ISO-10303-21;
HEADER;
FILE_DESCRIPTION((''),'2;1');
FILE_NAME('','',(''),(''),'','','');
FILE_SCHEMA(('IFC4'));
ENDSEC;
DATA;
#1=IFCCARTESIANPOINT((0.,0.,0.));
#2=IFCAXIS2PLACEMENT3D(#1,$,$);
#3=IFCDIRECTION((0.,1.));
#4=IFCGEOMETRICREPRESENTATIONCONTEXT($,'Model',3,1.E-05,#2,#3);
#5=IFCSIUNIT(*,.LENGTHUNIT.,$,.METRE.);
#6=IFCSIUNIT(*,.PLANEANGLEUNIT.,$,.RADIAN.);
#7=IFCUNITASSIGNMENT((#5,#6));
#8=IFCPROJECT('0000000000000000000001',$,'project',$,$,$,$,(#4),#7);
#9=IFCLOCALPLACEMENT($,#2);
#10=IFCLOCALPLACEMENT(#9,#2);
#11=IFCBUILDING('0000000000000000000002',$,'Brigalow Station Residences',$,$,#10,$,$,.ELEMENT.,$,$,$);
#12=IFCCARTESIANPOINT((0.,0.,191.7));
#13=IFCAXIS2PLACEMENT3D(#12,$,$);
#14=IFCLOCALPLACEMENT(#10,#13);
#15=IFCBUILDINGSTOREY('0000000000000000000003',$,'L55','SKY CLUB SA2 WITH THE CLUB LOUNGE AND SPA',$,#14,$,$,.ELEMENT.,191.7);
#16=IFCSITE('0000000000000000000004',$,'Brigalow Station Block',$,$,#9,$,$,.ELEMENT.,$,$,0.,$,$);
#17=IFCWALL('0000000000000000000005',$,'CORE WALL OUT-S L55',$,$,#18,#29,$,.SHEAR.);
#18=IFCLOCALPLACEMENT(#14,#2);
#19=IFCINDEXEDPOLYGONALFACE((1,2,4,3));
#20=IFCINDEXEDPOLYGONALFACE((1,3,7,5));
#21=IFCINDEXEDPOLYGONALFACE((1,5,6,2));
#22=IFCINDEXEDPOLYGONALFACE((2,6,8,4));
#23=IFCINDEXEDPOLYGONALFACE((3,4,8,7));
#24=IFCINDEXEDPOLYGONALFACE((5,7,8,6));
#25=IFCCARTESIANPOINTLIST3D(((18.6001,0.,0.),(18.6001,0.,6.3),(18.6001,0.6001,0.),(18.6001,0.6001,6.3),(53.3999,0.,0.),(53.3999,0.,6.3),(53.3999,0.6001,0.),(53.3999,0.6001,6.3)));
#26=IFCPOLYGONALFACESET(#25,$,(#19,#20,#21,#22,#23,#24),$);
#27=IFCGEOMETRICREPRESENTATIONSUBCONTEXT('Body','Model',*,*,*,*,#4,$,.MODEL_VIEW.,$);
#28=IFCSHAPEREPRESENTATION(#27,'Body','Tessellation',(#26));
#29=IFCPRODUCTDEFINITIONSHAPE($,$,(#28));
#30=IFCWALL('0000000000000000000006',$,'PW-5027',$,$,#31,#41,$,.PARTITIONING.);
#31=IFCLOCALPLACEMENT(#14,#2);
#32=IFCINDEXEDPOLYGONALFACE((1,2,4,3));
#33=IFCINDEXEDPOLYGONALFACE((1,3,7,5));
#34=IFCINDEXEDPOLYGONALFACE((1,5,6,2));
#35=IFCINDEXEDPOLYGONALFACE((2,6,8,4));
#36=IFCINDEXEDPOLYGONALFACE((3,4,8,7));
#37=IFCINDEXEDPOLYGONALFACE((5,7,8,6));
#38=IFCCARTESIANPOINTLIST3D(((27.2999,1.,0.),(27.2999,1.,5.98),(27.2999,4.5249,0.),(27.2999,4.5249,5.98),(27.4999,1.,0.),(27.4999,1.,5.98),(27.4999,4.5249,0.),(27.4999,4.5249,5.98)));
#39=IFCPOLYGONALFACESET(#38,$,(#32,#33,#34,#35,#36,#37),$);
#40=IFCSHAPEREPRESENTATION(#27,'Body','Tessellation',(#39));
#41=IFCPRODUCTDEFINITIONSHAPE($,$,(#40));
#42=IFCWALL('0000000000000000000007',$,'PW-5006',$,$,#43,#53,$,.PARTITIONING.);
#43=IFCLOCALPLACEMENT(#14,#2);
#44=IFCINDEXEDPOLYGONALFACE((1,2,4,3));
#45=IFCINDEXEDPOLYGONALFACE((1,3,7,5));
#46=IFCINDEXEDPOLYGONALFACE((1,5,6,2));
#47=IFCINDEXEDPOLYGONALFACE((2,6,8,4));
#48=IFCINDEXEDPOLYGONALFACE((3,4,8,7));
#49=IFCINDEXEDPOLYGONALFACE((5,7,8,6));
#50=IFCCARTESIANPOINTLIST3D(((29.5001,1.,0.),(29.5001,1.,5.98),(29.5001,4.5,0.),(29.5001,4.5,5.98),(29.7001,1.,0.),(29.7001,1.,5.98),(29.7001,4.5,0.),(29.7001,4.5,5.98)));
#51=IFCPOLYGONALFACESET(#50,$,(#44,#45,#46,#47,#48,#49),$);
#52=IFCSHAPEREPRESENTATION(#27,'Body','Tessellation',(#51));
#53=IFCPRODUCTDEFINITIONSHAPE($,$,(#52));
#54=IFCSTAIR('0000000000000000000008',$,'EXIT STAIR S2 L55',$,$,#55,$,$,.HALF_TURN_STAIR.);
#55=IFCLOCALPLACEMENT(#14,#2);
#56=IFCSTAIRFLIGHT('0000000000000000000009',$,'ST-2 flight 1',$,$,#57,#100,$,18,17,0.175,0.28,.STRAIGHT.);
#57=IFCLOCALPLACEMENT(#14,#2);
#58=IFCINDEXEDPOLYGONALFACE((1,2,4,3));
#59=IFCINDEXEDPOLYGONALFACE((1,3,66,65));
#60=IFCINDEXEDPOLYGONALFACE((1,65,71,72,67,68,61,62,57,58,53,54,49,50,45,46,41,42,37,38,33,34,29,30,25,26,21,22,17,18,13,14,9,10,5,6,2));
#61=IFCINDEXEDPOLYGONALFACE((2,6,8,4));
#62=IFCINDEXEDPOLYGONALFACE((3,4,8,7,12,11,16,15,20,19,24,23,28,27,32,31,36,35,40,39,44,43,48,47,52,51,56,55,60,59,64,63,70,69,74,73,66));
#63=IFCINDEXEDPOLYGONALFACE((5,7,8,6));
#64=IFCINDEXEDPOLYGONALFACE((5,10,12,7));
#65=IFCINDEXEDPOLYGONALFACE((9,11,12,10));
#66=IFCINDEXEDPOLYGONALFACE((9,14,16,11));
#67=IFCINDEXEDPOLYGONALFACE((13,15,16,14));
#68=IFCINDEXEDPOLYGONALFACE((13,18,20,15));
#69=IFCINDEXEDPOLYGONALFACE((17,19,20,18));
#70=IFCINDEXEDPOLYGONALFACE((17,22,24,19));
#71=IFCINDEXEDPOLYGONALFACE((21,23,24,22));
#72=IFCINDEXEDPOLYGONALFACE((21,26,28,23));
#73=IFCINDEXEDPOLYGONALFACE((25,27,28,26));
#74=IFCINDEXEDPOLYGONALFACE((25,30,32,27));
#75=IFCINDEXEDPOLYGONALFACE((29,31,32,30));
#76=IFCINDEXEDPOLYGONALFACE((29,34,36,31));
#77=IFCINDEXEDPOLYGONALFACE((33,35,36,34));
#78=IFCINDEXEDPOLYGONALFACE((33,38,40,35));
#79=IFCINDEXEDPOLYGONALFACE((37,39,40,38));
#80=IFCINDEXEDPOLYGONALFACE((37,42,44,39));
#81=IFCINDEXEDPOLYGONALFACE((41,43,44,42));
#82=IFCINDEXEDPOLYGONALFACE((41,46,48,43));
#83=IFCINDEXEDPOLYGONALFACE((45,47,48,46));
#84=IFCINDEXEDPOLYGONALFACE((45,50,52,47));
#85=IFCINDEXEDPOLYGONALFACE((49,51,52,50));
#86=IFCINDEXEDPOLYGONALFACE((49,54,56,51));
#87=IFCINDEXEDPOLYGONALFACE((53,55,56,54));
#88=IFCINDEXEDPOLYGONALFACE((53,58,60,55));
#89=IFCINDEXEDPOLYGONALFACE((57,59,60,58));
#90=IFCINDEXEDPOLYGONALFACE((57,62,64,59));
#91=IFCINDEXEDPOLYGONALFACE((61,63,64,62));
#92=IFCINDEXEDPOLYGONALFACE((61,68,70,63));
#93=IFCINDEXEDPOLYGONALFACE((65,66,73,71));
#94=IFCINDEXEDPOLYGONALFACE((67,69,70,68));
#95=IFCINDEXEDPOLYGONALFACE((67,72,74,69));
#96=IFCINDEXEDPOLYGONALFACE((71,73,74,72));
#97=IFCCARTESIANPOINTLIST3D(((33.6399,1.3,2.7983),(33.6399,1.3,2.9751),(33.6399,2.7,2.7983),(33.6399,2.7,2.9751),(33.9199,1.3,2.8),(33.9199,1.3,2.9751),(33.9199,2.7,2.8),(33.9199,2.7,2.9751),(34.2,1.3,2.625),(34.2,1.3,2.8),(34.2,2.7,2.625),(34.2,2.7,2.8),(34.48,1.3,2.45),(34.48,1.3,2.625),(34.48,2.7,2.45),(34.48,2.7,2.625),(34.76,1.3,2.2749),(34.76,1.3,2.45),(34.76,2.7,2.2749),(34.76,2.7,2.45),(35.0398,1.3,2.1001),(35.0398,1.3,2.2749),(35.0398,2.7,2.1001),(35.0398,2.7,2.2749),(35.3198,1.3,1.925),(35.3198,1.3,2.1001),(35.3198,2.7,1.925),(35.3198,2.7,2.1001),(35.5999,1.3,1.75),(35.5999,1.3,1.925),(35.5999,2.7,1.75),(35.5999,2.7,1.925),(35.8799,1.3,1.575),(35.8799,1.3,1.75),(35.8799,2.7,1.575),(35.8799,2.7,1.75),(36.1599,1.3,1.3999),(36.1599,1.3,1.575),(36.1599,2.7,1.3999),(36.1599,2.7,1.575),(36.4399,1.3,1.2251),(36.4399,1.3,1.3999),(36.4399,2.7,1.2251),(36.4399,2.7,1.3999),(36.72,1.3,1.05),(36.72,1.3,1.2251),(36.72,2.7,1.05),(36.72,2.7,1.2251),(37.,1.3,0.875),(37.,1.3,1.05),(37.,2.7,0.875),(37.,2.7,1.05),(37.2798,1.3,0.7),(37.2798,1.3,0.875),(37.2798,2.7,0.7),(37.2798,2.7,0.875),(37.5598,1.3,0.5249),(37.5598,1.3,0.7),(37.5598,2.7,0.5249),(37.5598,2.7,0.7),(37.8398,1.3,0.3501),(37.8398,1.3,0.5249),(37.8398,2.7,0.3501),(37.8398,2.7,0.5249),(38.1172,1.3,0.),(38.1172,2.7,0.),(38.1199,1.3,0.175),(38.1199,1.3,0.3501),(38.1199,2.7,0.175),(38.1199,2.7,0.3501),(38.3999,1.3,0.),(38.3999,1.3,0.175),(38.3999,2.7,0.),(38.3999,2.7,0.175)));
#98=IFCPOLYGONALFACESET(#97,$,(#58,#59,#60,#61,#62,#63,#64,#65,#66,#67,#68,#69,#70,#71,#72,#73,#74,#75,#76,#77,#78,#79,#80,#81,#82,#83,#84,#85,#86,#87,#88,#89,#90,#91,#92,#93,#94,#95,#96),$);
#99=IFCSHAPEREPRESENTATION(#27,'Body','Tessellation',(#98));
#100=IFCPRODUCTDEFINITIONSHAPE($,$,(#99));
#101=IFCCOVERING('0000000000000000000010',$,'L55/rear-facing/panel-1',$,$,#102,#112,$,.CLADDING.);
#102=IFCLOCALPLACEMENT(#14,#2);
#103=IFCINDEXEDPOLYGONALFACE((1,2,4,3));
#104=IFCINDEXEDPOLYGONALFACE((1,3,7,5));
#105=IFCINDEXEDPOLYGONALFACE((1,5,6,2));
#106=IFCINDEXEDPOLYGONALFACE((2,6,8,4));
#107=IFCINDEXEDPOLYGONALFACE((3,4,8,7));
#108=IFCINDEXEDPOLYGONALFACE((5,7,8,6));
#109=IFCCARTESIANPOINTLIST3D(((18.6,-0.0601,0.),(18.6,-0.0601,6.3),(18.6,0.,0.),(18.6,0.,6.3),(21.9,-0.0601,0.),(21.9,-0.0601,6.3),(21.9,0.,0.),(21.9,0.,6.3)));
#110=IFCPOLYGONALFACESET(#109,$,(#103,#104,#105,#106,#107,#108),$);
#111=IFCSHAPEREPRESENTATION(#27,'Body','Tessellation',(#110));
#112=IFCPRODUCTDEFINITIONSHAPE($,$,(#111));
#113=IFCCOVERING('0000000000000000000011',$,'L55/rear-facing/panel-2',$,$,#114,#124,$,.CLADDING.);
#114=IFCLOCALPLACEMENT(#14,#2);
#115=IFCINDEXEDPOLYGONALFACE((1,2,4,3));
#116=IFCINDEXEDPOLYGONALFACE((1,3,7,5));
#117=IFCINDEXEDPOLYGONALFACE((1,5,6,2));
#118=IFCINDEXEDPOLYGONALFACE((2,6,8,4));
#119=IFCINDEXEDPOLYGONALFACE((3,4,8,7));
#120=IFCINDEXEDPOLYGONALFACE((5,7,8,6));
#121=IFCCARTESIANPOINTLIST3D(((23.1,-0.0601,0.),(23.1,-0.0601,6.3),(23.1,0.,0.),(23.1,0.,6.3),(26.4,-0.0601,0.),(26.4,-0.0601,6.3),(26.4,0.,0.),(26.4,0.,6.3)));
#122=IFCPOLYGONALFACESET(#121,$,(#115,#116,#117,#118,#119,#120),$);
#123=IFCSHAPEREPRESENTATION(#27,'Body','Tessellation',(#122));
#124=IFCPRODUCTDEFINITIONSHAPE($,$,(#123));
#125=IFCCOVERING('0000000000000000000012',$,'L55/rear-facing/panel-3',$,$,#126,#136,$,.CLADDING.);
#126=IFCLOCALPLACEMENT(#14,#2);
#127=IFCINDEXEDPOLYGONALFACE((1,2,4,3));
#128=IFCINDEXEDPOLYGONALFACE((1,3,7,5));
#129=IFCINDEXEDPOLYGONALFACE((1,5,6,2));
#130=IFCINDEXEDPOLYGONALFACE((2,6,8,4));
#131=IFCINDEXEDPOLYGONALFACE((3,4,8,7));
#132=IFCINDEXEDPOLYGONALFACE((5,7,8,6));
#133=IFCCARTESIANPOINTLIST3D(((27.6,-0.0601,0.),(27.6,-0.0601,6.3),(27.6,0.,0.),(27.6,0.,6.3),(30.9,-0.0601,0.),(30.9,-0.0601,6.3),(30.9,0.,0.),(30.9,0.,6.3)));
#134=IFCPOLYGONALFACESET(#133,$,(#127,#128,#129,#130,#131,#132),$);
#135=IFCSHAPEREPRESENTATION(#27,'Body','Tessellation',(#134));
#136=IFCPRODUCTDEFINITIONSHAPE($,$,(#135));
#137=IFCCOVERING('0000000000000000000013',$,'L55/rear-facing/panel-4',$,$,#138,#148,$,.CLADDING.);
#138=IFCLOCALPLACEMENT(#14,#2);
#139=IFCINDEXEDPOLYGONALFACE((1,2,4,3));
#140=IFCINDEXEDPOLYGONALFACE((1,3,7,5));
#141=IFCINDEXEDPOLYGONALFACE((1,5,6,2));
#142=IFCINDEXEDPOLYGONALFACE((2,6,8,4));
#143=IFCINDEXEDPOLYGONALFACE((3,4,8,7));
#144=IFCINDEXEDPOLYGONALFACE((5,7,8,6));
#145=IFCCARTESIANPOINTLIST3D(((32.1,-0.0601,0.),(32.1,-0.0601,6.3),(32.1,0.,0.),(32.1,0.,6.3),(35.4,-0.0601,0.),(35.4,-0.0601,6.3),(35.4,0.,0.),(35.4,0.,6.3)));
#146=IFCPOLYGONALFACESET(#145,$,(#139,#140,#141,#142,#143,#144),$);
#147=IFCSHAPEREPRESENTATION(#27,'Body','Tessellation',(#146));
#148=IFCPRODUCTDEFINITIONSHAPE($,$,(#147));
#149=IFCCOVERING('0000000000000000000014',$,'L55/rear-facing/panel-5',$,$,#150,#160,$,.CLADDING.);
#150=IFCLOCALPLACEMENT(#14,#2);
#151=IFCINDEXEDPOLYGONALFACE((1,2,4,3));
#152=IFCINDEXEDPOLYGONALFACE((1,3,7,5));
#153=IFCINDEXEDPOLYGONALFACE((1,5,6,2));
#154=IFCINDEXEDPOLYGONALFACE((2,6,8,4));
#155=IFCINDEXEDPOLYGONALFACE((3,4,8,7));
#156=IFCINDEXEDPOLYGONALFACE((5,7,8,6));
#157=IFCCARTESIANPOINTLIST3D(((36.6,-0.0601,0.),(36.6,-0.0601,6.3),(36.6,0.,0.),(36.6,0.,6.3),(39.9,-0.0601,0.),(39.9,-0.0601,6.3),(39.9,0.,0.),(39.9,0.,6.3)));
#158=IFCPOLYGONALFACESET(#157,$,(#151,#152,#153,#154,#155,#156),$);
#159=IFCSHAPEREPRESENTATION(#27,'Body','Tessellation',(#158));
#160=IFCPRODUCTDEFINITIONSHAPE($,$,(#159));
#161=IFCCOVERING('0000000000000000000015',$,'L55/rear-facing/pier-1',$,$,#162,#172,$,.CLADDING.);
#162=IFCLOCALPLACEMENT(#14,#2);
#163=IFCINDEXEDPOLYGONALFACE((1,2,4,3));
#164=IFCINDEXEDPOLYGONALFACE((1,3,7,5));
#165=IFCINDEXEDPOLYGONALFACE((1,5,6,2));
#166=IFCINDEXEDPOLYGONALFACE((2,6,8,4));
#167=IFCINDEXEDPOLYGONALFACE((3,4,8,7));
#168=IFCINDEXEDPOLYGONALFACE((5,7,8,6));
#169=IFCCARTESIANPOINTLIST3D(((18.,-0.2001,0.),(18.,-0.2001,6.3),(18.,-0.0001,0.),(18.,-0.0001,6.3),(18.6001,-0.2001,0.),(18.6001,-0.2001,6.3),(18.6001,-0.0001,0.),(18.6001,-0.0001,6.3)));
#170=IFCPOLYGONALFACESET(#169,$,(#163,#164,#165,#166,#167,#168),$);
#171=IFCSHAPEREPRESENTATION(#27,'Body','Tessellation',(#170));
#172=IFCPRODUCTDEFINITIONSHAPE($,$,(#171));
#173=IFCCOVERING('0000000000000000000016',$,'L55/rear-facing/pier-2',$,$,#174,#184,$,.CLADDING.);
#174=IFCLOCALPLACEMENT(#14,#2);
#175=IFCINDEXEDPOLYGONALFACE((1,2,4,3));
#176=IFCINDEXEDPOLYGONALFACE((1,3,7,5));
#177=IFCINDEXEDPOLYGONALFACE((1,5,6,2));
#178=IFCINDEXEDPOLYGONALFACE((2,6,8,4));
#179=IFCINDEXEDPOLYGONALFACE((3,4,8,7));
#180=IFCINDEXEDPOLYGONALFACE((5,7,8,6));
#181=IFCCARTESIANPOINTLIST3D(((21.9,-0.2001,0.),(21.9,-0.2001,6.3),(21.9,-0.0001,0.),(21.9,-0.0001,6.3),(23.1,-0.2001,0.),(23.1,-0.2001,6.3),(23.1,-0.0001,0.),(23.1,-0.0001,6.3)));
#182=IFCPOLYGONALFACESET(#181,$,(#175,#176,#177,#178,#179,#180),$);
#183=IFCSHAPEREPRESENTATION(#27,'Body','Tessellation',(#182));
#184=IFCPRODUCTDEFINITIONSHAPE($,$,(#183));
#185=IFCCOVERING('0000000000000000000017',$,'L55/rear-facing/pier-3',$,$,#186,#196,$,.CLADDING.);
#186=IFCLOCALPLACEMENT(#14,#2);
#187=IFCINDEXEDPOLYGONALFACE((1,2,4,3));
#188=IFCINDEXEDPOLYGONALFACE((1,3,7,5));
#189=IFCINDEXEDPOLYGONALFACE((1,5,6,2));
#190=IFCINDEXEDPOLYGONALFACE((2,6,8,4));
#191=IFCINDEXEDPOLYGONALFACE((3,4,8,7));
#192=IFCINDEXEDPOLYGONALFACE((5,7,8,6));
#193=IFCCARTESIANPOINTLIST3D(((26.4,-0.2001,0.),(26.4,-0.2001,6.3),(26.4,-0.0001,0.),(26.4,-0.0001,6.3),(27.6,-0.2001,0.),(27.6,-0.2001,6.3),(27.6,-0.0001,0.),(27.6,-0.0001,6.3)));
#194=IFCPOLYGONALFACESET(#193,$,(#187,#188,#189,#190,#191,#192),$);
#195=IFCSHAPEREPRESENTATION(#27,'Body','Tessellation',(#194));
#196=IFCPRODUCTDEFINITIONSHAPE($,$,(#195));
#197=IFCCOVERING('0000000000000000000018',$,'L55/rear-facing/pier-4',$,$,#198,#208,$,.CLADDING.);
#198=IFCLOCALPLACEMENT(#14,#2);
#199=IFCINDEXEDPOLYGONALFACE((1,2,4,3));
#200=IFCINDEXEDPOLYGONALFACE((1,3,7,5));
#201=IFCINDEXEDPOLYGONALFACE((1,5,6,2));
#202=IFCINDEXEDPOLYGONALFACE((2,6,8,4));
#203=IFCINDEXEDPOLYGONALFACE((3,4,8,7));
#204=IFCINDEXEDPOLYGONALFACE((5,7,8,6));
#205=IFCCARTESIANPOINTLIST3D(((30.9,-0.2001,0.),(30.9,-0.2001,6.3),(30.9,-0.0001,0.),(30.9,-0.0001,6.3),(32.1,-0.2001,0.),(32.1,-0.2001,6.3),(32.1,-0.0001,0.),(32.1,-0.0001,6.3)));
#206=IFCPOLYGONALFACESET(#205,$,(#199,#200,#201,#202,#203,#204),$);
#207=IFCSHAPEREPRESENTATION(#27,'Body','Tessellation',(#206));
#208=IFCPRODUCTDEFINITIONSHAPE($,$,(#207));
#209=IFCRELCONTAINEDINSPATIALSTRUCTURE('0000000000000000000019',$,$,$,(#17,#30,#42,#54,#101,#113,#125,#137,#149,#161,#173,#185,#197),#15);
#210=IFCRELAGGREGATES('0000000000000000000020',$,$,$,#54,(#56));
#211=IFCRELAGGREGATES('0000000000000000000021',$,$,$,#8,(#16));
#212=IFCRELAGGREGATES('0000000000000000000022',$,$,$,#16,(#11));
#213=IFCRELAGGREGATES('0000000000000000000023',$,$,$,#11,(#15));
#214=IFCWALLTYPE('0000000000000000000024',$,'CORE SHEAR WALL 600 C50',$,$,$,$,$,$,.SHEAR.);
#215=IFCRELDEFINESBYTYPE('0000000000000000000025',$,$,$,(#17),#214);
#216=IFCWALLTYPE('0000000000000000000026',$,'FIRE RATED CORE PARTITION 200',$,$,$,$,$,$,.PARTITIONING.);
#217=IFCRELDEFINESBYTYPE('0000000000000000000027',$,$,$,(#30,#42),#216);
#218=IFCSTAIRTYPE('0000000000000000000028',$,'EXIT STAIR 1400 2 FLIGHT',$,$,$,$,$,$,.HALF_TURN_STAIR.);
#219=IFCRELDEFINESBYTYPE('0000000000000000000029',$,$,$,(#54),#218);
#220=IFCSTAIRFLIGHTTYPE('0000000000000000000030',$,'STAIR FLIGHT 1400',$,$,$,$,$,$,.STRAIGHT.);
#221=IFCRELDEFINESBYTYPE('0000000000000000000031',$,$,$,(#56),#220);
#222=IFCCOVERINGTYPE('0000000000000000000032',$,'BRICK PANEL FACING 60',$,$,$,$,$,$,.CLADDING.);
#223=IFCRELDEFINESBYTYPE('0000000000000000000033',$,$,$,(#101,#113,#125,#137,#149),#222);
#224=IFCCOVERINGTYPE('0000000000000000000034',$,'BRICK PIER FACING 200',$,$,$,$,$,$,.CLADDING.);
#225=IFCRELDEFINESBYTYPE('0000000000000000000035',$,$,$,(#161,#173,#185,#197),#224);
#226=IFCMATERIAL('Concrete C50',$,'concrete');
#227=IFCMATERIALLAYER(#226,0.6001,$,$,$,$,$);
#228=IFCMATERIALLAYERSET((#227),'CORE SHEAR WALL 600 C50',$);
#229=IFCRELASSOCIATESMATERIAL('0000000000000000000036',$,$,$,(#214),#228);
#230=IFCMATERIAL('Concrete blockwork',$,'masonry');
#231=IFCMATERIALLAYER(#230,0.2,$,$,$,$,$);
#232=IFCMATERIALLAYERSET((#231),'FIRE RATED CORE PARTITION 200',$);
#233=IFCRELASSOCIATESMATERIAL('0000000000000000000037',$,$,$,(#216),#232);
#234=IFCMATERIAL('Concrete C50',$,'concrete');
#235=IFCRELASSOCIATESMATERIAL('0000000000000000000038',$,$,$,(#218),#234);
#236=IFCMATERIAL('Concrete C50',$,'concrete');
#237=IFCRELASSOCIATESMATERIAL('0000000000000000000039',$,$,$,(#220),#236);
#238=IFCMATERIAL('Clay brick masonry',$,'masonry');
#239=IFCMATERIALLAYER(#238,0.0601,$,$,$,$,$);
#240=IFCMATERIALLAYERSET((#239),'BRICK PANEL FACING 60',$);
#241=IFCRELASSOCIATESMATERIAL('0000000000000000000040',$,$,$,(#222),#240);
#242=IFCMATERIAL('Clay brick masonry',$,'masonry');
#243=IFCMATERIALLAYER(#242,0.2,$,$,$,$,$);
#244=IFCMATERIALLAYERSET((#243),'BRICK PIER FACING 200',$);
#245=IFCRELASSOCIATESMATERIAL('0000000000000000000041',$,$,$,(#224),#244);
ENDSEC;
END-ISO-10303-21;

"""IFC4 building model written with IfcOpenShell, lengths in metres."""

from ifc_helpers import new_model, si_unit, direction, frame, frame_2d, origin, origin_2d, place, context, subcontext, project, spatial, polyline, rectangle, outline, extrude, material, layer, layer_set, type_object, element, aggregate, save


model = new_model("IFC4")

# Units and contexts
model_context = context("Model", 3, precision=1e-05, world=origin(), true_north=direction((0.0, 1.0)))
body_context = subcontext(model_context, "Body", "Model", "MODEL_VIEW")
ifc_project = project(units=[si_unit("LENGTHUNIT", "METRE"), si_unit("PLANEANGLEUNIT", "RADIAN")], contexts=[model_context])

# Site, building, storey
site_placement = place(None, origin())
site = spatial("IfcSite", under=ifc_project, at=site_placement, Name="Brigalow Station Block", CompositionType="ELEMENT", RefElevation=0.0)
building_placement = place(site_placement, origin())
building = spatial("IfcBuilding", under=site, at=building_placement, Name="Brigalow Station Residences", CompositionType="ELEMENT")
storey_placement = place(building_placement, frame((0.0, 0.0, 191.7)))
storey = spatial("IfcBuildingStorey", under=building, at=storey_placement, Name="L55", Description="SKY CLUB SA2 WITH THE CLUB LOUNGE AND SPA", CompositionType="ELEMENT", Elevation=191.7)

# Walls
ifc_material_1 = material(Name="Concrete C50", Category="concrete")
ifc_layer_1 = layer(ifc_material_1, 0.6001)
ifc_layer_set_1 = layer_set([ifc_layer_1], Name="CORE SHEAR WALL 600 C50")
wall_type_1 = type_object("IfcWallType", Name="CORE SHEAR WALL 600 C50", PredefinedType="SHEAR", material=ifc_layer_set_1)
wall_1_placement = place(storey_placement, frame((18.6001, 0.3, 0.0), z_axis=(0.0, 0.0, 1.0), x_axis=(1.0, 0.0, 0.0)))
element("IfcWall", 1, at=wall_1_placement, inside=storey, type_object=wall_type_1, Name="CORE WALL OUT-S L55", PredefinedType="SHEAR", context=body_context, shape_type="SweptSolid", body=[
    extrude(rectangle(XDim=34.7998, YDim=0.6001, at=frame_2d((17.3999, 0.0))), origin(), (0.0, 0.0, 1.0), 6.3),
])
ifc_material_2 = material(Name="Concrete blockwork", Category="masonry")
ifc_layer_2 = layer(ifc_material_2, 0.2)
ifc_layer_set_2 = layer_set([ifc_layer_2], Name="FIRE RATED CORE PARTITION 200")
wall_type_2 = type_object("IfcWallType", Name="FIRE RATED CORE PARTITION 200", PredefinedType="PARTITIONING", material=ifc_layer_set_2)
wall_2_placement = place(storey_placement, frame((27.3999, 1.0, 0.0), z_axis=(0.0, 0.0, 1.0), x_axis=(0.0, 1.0, 0.0)))
element("IfcWall", 2, at=wall_2_placement, inside=storey, type_object=wall_type_2, Name="PW-5027", PredefinedType="PARTITIONING", context=body_context, shape_type="SweptSolid", body=[
    extrude(rectangle(XDim=3.5249, YDim=0.2, at=frame_2d((1.7625, 0.0))), origin(), (0.0, 0.0, 1.0), 5.98),
])
wall_3_placement = place(storey_placement, frame((29.6001, 1.0, 0.0), z_axis=(0.0, 0.0, 1.0), x_axis=(0.0, 1.0, 0.0)))
element("IfcWall", 3, at=wall_3_placement, inside=storey, type_object=wall_type_2, Name="PW-5006", PredefinedType="PARTITIONING", context=body_context, shape_type="SweptSolid", body=[
    extrude(rectangle(XDim=3.5, YDim=0.2, at=frame_2d((1.75, 0.0))), origin(), (0.0, 0.0, 1.0), 5.98),
])

# Stair, stair flight
ifc_material_3 = material(Name="Concrete C50", Category="concrete")
stair_type = type_object("IfcStairType", Name="EXIT STAIR 1400 2 FLIGHT", PredefinedType="HALF_TURN_STAIR", material=ifc_material_3)
stair_placement = place(storey_placement, origin())
stair = element("IfcStair", 4, at=stair_placement, inside=storey, type_object=stair_type, Name="EXIT STAIR S2 L55", PredefinedType="HALF_TURN_STAIR")
ifc_material_4 = material(Name="Concrete C50", Category="concrete")
stair_flight_type = type_object("IfcStairFlightType", Name="STAIR FLIGHT 1400", PredefinedType="STRAIGHT", material=ifc_material_4)
stair_flight_placement = place(storey_placement, frame((38.3999, 2.0, 0.0), z_axis=(0.0, 0.0, 1.0), x_axis=(-1.0, 0.0, 0.0)))
stair_flight = element("IfcStairFlight", 5, at=stair_flight_placement, type_object=stair_flight_type, Name="ST-2 flight 1", NumberOfRisers=18, NumberOfTreads=17, PredefinedType="STRAIGHT", RiserHeight=0.175, TreadLength=0.28, context=body_context, shape_type="SweptSolid", body=[
    extrude(outline(polyline([(0.0, 0.0), (0.0, 0.175), (0.28, 0.175), (0.28, 0.3501), (0.5601, 0.3501), (0.5601, 0.5249), (0.8401, 0.5249), (0.8401, 0.7), (1.1201, 0.7), (1.1201, 0.875), (1.3999, 0.875), (1.3999, 1.05), (1.6799, 1.05), (1.6799, 1.2251), (1.96, 1.2251), (1.96, 1.3999), (2.24, 1.3999), (2.24, 1.575), (2.52, 1.575), (2.52, 1.75), (2.8, 1.75), (2.8, 1.925), (3.0801, 1.925), (3.0801, 2.1001), (3.3601, 2.1001), (3.3601, 2.2749), (3.6399, 2.2749), (3.6399, 2.45), (3.9199, 2.45), (3.9199, 2.625), (4.2, 2.625), (4.2, 2.8), (4.48, 2.8), (4.48, 2.9751), (4.76, 2.9751), (4.76, 3.1499), (4.76, 2.7983), (0.2827, 0.0), (0.0, 0.0)])), frame((0.0, 0.7, 0.0), z_axis=(0.0, -1.0, 0.0), x_axis=(1.0, 0.0, 0.0)), (0.0, 0.0, 1.0), 1.3999),
])
aggregate(stair, [stair_flight])

# Coverings
ifc_material_5 = material(Name="Clay brick masonry", Category="masonry")
ifc_layer_3 = layer(ifc_material_5, 0.0601)
ifc_layer_set_3 = layer_set([ifc_layer_3], Name="BRICK PANEL FACING 60")
covering_type_1 = type_object("IfcCoveringType", Name="BRICK PANEL FACING 60", PredefinedType="CLADDING", material=ifc_layer_set_3)
for number, where, z_axis, x_axis, name in (
    (6, (20.25, -0.03, 0.0), (0.0, 0.0, 1.0), (1.0, 0.0, 0.0), "L55/rear-facing/panel-1"),
    (7, (24.75, -0.03, 0.0), (0.0, 0.0, 1.0), (1.0, 0.0, 0.0), "L55/rear-facing/panel-2"),
    (8, (29.25, -0.03, 0.0), (0.0, 0.0, 1.0), (1.0, 0.0, 0.0), "L55/rear-facing/panel-3"),
    (9, (33.75, -0.03, 0.0), (0.0, 0.0, 1.0), (1.0, 0.0, 0.0), "L55/rear-facing/panel-4"),
    (10, (38.25, -0.03, 0.0), (0.0, 0.0, 1.0), (1.0, 0.0, 0.0), "L55/rear-facing/panel-5"),
):
    element("IfcCovering", number, at=place(storey_placement, frame(where, z_axis=z_axis, x_axis=x_axis)), inside=storey, type_object=covering_type_1, Name=name, PredefinedType="CLADDING", context=body_context, shape_type="SweptSolid", body=[
        extrude(rectangle(XDim=3.3, YDim=0.0601, at=origin_2d()), origin(), (0.0, 0.0, 1.0), 6.3),
    ])
ifc_material_6 = material(Name="Clay brick masonry", Category="masonry")
ifc_layer_4 = layer(ifc_material_6, 0.2)
ifc_layer_set_4 = layer_set([ifc_layer_4], Name="BRICK PIER FACING 200")
covering_type_2 = type_object("IfcCoveringType", Name="BRICK PIER FACING 200", PredefinedType="CLADDING", material=ifc_layer_set_4)
covering_placement = place(storey_placement, frame((18.3, -0.1001, 0.0), z_axis=(0.0, 0.0, 1.0), x_axis=(1.0, 0.0, 0.0)))
element("IfcCovering", 11, at=covering_placement, inside=storey, type_object=covering_type_2, Name="L55/rear-facing/pier-1", PredefinedType="CLADDING", context=body_context, shape_type="SweptSolid", body=[
    extrude(rectangle(XDim=0.6001, YDim=0.2, at=origin_2d()), origin(), (0.0, 0.0, 1.0), 6.3),
])
for number, where, z_axis, x_axis, name in (
    (12, (22.5, -0.1001, 0.0), (0.0, 0.0, 1.0), (1.0, 0.0, 0.0), "L55/rear-facing/pier-2"),
    (13, (27.0, -0.1001, 0.0), (0.0, 0.0, 1.0), (1.0, 0.0, 0.0), "L55/rear-facing/pier-3"),
    (14, (31.5, -0.1001, 0.0), (0.0, 0.0, 1.0), (1.0, 0.0, 0.0), "L55/rear-facing/pier-4"),
):
    element("IfcCovering", number, at=place(storey_placement, frame(where, z_axis=z_axis, x_axis=x_axis)), inside=storey, type_object=covering_type_2, Name=name, PredefinedType="CLADDING", context=body_context, shape_type="SweptSolid", body=[
        extrude(rectangle(XDim=1.2, YDim=0.2, at=origin_2d()), origin(), (0.0, 0.0, 1.0), 6.3),
    ])

save(model, "model.ifc")
